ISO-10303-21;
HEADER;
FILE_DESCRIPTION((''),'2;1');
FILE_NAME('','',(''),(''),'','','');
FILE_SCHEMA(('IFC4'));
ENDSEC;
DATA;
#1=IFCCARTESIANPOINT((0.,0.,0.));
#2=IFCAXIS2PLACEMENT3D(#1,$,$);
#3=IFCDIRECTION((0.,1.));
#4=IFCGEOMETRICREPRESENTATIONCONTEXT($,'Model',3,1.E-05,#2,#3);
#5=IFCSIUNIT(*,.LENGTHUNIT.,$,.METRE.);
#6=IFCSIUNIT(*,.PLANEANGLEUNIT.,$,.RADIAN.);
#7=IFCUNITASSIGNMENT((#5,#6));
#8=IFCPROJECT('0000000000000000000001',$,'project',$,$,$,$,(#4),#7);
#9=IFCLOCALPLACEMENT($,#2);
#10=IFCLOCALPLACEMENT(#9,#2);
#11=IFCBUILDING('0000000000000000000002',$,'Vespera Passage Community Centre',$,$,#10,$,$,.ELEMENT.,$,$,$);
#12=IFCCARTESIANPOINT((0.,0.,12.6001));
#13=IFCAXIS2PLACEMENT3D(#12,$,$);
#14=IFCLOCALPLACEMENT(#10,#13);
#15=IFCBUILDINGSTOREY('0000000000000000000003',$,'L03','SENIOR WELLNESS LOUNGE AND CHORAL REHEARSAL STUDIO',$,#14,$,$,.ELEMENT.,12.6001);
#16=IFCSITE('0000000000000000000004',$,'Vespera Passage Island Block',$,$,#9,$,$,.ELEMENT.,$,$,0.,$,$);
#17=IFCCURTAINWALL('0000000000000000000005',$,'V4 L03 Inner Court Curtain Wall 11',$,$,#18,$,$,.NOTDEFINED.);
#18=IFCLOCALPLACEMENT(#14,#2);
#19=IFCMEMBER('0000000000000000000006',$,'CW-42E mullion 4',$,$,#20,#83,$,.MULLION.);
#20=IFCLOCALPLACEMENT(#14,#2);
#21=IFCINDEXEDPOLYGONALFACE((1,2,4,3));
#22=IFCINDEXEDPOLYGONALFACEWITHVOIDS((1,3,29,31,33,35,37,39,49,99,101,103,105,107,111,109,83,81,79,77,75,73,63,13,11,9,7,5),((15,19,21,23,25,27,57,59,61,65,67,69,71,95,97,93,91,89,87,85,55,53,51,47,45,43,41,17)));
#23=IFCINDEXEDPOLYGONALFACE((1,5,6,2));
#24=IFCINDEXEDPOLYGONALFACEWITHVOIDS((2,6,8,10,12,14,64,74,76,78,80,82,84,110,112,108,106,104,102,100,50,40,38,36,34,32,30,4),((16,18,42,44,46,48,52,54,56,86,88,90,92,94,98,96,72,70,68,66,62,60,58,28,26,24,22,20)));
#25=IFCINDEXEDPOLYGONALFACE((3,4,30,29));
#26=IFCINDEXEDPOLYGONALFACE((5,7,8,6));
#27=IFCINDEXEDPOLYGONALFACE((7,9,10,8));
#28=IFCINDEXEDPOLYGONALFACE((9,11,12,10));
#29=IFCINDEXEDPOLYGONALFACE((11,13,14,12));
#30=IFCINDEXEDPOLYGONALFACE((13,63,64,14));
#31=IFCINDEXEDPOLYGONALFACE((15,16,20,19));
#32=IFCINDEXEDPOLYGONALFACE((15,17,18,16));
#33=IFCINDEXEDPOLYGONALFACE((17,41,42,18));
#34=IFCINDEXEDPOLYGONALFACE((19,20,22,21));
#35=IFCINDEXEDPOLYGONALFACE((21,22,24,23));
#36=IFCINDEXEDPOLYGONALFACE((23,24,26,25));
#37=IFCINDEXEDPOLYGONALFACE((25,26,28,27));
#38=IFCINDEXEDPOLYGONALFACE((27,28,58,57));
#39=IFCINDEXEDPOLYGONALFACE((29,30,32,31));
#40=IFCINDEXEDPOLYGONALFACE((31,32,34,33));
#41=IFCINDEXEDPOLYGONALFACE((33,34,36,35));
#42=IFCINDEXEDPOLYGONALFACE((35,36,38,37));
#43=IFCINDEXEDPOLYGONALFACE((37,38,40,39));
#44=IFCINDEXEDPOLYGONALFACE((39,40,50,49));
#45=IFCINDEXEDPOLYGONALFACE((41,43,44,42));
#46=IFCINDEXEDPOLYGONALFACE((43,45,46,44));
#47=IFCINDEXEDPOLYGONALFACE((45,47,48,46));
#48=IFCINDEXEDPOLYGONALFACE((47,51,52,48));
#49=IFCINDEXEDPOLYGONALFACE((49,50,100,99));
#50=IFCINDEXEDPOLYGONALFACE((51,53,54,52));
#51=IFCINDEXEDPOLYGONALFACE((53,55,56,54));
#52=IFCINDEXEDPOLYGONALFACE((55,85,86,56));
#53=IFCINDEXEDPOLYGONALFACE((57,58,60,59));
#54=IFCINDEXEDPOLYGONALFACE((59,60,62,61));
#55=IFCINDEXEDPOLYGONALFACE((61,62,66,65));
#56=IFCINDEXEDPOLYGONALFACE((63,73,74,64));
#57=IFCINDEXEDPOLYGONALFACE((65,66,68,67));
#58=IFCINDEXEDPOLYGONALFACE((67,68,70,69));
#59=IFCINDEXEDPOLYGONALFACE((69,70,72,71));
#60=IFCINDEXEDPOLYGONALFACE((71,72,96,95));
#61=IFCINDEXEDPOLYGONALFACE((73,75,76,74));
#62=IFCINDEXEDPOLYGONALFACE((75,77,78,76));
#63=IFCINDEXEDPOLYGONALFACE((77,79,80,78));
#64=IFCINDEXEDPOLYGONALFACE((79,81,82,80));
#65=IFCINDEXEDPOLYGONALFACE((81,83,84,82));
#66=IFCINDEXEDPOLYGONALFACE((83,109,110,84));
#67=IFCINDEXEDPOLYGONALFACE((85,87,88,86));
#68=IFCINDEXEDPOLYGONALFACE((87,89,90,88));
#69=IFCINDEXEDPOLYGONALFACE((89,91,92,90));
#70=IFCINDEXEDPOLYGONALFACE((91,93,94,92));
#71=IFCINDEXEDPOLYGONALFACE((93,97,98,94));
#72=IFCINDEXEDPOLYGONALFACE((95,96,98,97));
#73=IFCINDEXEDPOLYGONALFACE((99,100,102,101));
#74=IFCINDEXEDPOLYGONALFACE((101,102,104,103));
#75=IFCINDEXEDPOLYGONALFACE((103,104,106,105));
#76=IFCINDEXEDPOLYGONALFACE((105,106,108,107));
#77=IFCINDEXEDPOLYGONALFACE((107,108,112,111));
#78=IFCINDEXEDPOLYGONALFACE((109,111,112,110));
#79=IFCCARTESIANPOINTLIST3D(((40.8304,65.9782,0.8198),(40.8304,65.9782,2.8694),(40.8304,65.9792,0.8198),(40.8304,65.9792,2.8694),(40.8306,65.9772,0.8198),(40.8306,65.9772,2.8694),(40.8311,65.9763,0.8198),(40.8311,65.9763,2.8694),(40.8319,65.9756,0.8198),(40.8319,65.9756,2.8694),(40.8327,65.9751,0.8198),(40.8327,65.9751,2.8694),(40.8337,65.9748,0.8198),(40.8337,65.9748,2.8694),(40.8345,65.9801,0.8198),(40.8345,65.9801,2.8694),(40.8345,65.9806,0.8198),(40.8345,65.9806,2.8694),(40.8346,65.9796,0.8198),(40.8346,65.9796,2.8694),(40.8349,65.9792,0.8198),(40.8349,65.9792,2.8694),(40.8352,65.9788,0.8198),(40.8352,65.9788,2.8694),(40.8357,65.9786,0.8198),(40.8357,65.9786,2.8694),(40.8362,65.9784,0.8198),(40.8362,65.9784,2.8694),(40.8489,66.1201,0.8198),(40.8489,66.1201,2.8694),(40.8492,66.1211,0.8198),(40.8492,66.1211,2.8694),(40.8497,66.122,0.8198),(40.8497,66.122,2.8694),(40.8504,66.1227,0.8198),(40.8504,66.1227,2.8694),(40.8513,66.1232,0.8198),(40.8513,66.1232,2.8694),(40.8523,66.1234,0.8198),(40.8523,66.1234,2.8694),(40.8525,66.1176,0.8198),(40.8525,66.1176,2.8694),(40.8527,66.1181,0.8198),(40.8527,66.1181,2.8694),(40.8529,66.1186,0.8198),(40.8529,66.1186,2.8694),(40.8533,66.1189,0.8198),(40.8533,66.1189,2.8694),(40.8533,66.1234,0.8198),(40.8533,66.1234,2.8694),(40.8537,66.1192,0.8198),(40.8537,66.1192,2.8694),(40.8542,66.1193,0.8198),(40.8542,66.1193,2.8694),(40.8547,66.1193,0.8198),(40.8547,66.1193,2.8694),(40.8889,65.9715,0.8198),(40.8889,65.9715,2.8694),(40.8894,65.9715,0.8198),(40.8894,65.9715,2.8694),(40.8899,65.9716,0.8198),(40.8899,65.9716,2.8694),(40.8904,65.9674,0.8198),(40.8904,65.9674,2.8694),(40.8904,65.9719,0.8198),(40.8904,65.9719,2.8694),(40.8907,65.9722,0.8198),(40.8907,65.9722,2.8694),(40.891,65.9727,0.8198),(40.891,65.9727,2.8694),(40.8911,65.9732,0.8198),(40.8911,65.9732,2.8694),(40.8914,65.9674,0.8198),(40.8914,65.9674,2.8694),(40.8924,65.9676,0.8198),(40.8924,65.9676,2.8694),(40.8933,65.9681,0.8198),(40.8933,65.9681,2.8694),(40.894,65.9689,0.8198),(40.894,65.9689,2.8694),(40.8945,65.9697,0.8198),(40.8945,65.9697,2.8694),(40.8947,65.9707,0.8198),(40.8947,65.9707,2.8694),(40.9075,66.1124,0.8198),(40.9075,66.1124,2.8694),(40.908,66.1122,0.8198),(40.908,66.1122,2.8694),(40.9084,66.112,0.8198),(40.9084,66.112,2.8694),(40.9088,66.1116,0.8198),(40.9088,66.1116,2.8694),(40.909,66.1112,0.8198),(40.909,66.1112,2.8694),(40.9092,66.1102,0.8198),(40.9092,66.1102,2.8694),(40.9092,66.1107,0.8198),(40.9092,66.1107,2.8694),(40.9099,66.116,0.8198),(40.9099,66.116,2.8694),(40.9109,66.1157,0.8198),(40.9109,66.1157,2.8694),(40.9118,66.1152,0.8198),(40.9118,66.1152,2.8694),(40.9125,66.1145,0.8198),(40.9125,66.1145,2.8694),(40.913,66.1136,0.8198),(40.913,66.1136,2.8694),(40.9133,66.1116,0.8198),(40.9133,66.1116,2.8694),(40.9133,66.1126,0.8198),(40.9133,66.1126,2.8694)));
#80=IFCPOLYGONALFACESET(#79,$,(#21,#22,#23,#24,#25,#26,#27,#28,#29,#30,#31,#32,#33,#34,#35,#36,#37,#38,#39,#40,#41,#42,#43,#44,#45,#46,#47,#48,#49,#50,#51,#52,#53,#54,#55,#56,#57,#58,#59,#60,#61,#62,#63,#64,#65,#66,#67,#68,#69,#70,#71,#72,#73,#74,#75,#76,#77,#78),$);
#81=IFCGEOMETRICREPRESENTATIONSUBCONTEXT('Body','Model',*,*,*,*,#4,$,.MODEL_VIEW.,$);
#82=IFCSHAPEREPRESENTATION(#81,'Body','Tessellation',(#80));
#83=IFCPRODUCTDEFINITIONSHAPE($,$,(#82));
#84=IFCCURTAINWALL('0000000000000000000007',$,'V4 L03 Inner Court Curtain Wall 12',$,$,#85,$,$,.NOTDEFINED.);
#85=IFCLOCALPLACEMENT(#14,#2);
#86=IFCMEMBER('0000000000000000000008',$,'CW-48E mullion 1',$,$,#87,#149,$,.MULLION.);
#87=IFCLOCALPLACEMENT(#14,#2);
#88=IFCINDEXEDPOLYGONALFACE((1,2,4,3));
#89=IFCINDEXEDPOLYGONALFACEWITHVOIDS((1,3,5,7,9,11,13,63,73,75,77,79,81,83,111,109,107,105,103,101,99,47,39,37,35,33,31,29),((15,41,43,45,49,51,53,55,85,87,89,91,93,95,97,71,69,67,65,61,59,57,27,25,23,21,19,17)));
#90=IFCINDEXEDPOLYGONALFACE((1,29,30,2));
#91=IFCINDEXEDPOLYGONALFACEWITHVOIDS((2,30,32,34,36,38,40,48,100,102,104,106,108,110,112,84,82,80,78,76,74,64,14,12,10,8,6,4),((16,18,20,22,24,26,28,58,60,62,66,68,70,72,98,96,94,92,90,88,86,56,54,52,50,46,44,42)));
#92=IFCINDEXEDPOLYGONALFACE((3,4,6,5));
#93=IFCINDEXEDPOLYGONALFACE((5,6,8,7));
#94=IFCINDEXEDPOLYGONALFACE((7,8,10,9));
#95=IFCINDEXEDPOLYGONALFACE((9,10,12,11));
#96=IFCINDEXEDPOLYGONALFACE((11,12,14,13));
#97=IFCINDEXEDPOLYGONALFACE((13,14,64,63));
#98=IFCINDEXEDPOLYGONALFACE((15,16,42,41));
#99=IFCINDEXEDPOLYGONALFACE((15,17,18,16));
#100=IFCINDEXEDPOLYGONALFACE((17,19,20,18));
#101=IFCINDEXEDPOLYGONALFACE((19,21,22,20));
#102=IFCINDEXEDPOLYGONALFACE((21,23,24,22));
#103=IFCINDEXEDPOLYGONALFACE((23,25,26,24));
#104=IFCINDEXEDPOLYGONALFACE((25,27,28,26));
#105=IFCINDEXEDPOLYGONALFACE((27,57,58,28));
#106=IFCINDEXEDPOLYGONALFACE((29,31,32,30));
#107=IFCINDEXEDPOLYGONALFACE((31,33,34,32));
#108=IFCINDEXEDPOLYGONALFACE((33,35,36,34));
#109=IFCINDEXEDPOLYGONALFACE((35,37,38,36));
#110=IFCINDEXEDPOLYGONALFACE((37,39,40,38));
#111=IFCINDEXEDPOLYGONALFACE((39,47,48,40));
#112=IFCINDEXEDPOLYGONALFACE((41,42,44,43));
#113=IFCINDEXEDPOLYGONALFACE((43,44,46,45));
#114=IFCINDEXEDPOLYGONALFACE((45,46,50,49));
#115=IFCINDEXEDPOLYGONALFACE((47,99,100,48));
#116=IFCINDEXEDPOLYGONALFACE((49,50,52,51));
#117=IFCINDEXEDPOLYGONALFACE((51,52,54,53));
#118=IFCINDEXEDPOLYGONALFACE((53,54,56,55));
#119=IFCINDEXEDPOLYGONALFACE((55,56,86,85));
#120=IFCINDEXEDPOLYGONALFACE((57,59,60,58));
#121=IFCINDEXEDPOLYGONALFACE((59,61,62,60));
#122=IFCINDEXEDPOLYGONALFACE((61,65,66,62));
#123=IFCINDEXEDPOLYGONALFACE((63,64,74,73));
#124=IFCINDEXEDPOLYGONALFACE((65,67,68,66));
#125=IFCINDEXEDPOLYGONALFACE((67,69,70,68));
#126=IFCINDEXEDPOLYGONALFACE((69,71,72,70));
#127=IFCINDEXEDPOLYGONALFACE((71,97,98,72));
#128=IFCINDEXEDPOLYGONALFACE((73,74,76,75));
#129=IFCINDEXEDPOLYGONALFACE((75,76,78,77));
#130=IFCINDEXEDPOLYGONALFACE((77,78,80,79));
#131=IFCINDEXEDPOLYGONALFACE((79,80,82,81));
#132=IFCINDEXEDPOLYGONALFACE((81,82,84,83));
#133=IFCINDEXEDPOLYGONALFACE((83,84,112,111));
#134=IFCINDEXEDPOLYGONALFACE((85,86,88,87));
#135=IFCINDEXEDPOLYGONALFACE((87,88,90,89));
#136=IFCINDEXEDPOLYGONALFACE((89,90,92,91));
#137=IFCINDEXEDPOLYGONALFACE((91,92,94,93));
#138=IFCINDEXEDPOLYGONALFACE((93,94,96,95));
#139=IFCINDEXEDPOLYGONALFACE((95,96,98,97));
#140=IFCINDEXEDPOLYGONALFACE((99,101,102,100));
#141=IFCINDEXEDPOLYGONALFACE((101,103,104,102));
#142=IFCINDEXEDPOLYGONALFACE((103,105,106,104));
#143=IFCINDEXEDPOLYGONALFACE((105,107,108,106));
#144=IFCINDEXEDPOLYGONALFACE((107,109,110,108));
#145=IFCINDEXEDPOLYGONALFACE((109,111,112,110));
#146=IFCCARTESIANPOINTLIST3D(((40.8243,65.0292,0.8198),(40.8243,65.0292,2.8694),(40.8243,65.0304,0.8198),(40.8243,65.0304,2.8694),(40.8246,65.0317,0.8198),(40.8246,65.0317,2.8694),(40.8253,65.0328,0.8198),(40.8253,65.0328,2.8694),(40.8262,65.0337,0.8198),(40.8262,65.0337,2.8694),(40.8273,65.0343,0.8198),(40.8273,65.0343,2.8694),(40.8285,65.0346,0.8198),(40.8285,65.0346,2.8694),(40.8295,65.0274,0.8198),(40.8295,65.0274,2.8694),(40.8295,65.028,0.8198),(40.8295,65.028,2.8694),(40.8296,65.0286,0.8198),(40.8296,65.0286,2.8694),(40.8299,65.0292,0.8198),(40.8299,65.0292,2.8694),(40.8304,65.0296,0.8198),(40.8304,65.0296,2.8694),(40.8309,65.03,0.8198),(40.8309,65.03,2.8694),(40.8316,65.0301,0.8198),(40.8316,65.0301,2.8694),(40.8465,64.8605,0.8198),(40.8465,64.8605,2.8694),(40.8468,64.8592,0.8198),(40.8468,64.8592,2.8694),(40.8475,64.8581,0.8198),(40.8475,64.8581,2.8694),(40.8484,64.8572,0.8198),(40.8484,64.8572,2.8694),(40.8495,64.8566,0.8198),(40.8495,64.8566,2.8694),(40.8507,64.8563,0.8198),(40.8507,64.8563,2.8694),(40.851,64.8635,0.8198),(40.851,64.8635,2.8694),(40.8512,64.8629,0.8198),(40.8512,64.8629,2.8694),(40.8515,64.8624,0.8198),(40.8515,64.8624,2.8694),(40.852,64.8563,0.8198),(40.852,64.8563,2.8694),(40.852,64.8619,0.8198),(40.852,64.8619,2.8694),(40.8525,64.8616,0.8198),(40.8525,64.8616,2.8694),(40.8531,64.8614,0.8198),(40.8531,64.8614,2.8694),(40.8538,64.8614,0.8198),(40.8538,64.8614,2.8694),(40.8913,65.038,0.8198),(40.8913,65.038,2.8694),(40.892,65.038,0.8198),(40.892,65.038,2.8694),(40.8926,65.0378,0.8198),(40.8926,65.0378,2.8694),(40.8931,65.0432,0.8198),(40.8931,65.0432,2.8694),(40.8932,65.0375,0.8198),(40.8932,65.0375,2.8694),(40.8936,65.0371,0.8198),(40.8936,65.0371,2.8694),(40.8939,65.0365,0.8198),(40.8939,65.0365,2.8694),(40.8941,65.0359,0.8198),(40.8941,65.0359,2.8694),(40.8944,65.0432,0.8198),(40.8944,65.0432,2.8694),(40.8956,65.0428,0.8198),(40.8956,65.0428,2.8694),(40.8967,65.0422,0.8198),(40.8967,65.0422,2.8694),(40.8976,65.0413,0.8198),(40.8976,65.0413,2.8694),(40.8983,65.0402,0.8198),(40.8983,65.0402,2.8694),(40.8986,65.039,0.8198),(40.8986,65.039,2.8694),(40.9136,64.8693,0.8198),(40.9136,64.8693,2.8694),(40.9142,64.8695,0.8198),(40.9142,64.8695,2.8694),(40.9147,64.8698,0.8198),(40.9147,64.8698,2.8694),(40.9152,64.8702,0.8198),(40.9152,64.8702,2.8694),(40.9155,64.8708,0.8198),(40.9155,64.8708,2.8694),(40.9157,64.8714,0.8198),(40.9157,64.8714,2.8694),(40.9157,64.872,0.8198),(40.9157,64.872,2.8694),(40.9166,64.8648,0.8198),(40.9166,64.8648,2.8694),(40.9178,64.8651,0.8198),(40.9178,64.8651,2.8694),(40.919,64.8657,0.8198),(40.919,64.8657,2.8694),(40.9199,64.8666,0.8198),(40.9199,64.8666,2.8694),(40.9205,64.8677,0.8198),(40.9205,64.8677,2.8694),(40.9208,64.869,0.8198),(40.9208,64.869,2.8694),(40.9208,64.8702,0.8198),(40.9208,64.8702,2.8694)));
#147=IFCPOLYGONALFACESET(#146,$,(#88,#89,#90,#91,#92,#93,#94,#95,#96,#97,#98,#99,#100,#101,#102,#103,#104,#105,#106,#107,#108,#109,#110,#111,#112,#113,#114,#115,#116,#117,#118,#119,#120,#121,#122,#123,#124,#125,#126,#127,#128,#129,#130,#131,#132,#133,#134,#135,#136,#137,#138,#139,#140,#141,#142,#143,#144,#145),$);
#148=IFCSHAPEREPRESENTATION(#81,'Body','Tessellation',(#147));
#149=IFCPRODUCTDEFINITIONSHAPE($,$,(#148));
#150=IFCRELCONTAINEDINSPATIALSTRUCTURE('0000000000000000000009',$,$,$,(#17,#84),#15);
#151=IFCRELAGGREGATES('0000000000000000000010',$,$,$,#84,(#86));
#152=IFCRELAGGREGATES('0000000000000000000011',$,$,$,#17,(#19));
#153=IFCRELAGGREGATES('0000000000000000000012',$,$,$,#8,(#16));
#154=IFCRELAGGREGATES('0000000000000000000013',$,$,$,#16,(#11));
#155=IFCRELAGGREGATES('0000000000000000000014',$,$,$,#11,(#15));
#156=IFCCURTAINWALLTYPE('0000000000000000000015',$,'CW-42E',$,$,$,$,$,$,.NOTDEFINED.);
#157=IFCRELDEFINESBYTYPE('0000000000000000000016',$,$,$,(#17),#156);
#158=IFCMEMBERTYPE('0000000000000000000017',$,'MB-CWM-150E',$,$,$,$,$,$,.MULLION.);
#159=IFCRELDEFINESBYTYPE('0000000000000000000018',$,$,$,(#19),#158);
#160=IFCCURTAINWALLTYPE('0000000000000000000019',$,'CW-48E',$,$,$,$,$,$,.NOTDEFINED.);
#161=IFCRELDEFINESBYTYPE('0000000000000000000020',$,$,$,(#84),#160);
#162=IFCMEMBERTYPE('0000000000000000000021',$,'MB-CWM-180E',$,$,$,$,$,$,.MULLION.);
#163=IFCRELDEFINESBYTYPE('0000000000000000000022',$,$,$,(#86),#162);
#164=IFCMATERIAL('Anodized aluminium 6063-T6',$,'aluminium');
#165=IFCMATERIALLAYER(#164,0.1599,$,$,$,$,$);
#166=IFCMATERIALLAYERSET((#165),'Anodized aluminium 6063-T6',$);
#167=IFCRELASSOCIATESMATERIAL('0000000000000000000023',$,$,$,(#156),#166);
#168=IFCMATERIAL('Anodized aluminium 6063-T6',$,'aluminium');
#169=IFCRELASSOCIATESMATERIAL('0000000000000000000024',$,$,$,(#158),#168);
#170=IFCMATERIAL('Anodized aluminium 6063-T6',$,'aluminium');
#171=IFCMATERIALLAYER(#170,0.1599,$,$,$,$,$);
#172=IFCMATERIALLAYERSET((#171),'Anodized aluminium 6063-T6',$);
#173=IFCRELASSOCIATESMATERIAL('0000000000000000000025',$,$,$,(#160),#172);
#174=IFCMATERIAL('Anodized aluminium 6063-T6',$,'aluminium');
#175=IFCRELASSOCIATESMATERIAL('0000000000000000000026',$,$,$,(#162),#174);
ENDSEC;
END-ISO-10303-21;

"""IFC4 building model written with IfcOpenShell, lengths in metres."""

from ifc_helpers import new_model, si_unit, direction, frame, origin, origin_2d, place, context, subcontext, project, spatial, hollow_rectangle, extrude, material, layer, layer_set, material_profile, profile_set, type_object, element, aggregate, save


model = new_model("IFC4")

# Units and contexts
model_context = context("Model", 3, precision=1e-05, world=origin(), true_north=direction((0.0, 1.0)))
body_context = subcontext(model_context, "Body", "Model", "MODEL_VIEW")
ifc_project = project(units=[si_unit("LENGTHUNIT", "METRE"), si_unit("PLANEANGLEUNIT", "RADIAN")], contexts=[model_context])

# Site, building, storey
site_placement = place(None, origin())
site = spatial("IfcSite", under=ifc_project, at=site_placement, Name="Vespera Passage Island Block", CompositionType="ELEMENT", RefElevation=0.0)
building_placement = place(site_placement, origin())
building = spatial("IfcBuilding", under=site, at=building_placement, Name="Vespera Passage Community Centre", CompositionType="ELEMENT")
storey_placement = place(building_placement, frame((0.0, 0.0, 12.6001)))
storey = spatial("IfcBuildingStorey", under=building, at=storey_placement, Name="L03", Description="SENIOR WELLNESS LOUNGE AND CHORAL REHEARSAL STUDIO", CompositionType="ELEMENT", Elevation=12.6001)

# Curtain walls, members
ifc_material_1 = material(Name="Anodized aluminium 6063-T6", Category="aluminium")
ifc_layer_1 = layer(ifc_material_1, 0.1599)
ifc_layer_set_1 = layer_set([ifc_layer_1], Name="Anodized aluminium 6063-T6")
curtain_wall_type_1 = type_object("IfcCurtainWallType", Name="CW-42E", PredefinedType="NOTDEFINED", material=ifc_layer_set_1)
curtain_wall_1_placement = place(storey_placement, origin())
curtain_wall_1 = element("IfcCurtainWall", 1, at=curtain_wall_1_placement, inside=storey, type_object=curtain_wall_type_1, Name="V4 L03 Inner Court Curtain Wall 11", PredefinedType="NOTDEFINED")
ifc_material_2 = material(Name="Anodized aluminium 6063-T6", Category="aluminium")
ifc_material_profile_1 = material_profile(ifc_material_2, hollow_rectangle(XDim=0.0649, YDim=0.1499, WallThickness=0.0039, InnerFilletRadius=0.002, OuterFilletRadius=0.0039, at=origin_2d()), Name="ALU150X65X4")
ifc_profile_set_1 = profile_set([ifc_material_profile_1], Name="Anodized aluminium 6063-T6")
member_type_1 = type_object("IfcMemberType", Name="MB-CWM-150E", PredefinedType="MULLION", material=ifc_profile_set_1)
member_1_placement = place(storey_placement, frame((40.8718, 66.0454, 0.8198), z_axis=(0.0, 0.0, 1.0), x_axis=(0.991445, -0.130522, 0.0)))
member_1 = element("IfcMember", 2, at=member_1_placement, type_object=member_type_1, Name="CW-42E mullion 4", PredefinedType="MULLION", context=body_context, shape_type="SweptSolid", body=[
    extrude(hollow_rectangle(XDim=0.0649, YDim=0.1499, WallThickness=0.0039, InnerFilletRadius=0.002, OuterFilletRadius=0.0039, at=origin_2d()), origin(), (0.0, 0.0, 1.0), 2.0496),
])
ifc_material_3 = material(Name="Anodized aluminium 6063-T6", Category="aluminium")
ifc_layer_2 = layer(ifc_material_3, 0.1599)
ifc_layer_set_2 = layer_set([ifc_layer_2], Name="Anodized aluminium 6063-T6")
curtain_wall_type_2 = type_object("IfcCurtainWallType", Name="CW-48E", PredefinedType="NOTDEFINED", material=ifc_layer_set_2)
curtain_wall_2_placement = place(storey_placement, origin())
curtain_wall_2 = element("IfcCurtainWall", 3, at=curtain_wall_2_placement, inside=storey, type_object=curtain_wall_type_2, Name="V4 L03 Inner Court Curtain Wall 12", PredefinedType="NOTDEFINED")
ifc_material_4 = material(Name="Anodized aluminium 6063-T6", Category="aluminium")
ifc_material_profile_2 = material_profile(ifc_material_4, hollow_rectangle(XDim=0.075, YDim=0.1799, WallThickness=0.0049, InnerFilletRadius=0.0024, OuterFilletRadius=0.0049, at=origin_2d()), Name="ALU180X75X5")
ifc_profile_set_2 = profile_set([ifc_material_profile_2], Name="Anodized aluminium 6063-T6")
member_type_2 = type_object("IfcMemberType", Name="MB-CWM-180E", PredefinedType="MULLION", material=ifc_profile_set_2)
member_2_placement = place(storey_placement, frame((40.8726, 64.9497, 0.8198), z_axis=(0.0, 0.0, 1.0), x_axis=(0.991445, 0.130522, 0.0)))
member_2 = element("IfcMember", 4, at=member_2_placement, type_object=member_type_2, Name="CW-48E mullion 1", PredefinedType="MULLION", context=body_context, shape_type="SweptSolid", body=[
    extrude(hollow_rectangle(XDim=0.075, YDim=0.1799, WallThickness=0.0049, InnerFilletRadius=0.0024, OuterFilletRadius=0.0049, at=origin_2d()), origin(), (0.0, 0.0, 1.0), 2.0496),
])

aggregate(curtain_wall_2, [member_2])
aggregate(curtain_wall_1, [member_1])

save(model, "model.ifc")
